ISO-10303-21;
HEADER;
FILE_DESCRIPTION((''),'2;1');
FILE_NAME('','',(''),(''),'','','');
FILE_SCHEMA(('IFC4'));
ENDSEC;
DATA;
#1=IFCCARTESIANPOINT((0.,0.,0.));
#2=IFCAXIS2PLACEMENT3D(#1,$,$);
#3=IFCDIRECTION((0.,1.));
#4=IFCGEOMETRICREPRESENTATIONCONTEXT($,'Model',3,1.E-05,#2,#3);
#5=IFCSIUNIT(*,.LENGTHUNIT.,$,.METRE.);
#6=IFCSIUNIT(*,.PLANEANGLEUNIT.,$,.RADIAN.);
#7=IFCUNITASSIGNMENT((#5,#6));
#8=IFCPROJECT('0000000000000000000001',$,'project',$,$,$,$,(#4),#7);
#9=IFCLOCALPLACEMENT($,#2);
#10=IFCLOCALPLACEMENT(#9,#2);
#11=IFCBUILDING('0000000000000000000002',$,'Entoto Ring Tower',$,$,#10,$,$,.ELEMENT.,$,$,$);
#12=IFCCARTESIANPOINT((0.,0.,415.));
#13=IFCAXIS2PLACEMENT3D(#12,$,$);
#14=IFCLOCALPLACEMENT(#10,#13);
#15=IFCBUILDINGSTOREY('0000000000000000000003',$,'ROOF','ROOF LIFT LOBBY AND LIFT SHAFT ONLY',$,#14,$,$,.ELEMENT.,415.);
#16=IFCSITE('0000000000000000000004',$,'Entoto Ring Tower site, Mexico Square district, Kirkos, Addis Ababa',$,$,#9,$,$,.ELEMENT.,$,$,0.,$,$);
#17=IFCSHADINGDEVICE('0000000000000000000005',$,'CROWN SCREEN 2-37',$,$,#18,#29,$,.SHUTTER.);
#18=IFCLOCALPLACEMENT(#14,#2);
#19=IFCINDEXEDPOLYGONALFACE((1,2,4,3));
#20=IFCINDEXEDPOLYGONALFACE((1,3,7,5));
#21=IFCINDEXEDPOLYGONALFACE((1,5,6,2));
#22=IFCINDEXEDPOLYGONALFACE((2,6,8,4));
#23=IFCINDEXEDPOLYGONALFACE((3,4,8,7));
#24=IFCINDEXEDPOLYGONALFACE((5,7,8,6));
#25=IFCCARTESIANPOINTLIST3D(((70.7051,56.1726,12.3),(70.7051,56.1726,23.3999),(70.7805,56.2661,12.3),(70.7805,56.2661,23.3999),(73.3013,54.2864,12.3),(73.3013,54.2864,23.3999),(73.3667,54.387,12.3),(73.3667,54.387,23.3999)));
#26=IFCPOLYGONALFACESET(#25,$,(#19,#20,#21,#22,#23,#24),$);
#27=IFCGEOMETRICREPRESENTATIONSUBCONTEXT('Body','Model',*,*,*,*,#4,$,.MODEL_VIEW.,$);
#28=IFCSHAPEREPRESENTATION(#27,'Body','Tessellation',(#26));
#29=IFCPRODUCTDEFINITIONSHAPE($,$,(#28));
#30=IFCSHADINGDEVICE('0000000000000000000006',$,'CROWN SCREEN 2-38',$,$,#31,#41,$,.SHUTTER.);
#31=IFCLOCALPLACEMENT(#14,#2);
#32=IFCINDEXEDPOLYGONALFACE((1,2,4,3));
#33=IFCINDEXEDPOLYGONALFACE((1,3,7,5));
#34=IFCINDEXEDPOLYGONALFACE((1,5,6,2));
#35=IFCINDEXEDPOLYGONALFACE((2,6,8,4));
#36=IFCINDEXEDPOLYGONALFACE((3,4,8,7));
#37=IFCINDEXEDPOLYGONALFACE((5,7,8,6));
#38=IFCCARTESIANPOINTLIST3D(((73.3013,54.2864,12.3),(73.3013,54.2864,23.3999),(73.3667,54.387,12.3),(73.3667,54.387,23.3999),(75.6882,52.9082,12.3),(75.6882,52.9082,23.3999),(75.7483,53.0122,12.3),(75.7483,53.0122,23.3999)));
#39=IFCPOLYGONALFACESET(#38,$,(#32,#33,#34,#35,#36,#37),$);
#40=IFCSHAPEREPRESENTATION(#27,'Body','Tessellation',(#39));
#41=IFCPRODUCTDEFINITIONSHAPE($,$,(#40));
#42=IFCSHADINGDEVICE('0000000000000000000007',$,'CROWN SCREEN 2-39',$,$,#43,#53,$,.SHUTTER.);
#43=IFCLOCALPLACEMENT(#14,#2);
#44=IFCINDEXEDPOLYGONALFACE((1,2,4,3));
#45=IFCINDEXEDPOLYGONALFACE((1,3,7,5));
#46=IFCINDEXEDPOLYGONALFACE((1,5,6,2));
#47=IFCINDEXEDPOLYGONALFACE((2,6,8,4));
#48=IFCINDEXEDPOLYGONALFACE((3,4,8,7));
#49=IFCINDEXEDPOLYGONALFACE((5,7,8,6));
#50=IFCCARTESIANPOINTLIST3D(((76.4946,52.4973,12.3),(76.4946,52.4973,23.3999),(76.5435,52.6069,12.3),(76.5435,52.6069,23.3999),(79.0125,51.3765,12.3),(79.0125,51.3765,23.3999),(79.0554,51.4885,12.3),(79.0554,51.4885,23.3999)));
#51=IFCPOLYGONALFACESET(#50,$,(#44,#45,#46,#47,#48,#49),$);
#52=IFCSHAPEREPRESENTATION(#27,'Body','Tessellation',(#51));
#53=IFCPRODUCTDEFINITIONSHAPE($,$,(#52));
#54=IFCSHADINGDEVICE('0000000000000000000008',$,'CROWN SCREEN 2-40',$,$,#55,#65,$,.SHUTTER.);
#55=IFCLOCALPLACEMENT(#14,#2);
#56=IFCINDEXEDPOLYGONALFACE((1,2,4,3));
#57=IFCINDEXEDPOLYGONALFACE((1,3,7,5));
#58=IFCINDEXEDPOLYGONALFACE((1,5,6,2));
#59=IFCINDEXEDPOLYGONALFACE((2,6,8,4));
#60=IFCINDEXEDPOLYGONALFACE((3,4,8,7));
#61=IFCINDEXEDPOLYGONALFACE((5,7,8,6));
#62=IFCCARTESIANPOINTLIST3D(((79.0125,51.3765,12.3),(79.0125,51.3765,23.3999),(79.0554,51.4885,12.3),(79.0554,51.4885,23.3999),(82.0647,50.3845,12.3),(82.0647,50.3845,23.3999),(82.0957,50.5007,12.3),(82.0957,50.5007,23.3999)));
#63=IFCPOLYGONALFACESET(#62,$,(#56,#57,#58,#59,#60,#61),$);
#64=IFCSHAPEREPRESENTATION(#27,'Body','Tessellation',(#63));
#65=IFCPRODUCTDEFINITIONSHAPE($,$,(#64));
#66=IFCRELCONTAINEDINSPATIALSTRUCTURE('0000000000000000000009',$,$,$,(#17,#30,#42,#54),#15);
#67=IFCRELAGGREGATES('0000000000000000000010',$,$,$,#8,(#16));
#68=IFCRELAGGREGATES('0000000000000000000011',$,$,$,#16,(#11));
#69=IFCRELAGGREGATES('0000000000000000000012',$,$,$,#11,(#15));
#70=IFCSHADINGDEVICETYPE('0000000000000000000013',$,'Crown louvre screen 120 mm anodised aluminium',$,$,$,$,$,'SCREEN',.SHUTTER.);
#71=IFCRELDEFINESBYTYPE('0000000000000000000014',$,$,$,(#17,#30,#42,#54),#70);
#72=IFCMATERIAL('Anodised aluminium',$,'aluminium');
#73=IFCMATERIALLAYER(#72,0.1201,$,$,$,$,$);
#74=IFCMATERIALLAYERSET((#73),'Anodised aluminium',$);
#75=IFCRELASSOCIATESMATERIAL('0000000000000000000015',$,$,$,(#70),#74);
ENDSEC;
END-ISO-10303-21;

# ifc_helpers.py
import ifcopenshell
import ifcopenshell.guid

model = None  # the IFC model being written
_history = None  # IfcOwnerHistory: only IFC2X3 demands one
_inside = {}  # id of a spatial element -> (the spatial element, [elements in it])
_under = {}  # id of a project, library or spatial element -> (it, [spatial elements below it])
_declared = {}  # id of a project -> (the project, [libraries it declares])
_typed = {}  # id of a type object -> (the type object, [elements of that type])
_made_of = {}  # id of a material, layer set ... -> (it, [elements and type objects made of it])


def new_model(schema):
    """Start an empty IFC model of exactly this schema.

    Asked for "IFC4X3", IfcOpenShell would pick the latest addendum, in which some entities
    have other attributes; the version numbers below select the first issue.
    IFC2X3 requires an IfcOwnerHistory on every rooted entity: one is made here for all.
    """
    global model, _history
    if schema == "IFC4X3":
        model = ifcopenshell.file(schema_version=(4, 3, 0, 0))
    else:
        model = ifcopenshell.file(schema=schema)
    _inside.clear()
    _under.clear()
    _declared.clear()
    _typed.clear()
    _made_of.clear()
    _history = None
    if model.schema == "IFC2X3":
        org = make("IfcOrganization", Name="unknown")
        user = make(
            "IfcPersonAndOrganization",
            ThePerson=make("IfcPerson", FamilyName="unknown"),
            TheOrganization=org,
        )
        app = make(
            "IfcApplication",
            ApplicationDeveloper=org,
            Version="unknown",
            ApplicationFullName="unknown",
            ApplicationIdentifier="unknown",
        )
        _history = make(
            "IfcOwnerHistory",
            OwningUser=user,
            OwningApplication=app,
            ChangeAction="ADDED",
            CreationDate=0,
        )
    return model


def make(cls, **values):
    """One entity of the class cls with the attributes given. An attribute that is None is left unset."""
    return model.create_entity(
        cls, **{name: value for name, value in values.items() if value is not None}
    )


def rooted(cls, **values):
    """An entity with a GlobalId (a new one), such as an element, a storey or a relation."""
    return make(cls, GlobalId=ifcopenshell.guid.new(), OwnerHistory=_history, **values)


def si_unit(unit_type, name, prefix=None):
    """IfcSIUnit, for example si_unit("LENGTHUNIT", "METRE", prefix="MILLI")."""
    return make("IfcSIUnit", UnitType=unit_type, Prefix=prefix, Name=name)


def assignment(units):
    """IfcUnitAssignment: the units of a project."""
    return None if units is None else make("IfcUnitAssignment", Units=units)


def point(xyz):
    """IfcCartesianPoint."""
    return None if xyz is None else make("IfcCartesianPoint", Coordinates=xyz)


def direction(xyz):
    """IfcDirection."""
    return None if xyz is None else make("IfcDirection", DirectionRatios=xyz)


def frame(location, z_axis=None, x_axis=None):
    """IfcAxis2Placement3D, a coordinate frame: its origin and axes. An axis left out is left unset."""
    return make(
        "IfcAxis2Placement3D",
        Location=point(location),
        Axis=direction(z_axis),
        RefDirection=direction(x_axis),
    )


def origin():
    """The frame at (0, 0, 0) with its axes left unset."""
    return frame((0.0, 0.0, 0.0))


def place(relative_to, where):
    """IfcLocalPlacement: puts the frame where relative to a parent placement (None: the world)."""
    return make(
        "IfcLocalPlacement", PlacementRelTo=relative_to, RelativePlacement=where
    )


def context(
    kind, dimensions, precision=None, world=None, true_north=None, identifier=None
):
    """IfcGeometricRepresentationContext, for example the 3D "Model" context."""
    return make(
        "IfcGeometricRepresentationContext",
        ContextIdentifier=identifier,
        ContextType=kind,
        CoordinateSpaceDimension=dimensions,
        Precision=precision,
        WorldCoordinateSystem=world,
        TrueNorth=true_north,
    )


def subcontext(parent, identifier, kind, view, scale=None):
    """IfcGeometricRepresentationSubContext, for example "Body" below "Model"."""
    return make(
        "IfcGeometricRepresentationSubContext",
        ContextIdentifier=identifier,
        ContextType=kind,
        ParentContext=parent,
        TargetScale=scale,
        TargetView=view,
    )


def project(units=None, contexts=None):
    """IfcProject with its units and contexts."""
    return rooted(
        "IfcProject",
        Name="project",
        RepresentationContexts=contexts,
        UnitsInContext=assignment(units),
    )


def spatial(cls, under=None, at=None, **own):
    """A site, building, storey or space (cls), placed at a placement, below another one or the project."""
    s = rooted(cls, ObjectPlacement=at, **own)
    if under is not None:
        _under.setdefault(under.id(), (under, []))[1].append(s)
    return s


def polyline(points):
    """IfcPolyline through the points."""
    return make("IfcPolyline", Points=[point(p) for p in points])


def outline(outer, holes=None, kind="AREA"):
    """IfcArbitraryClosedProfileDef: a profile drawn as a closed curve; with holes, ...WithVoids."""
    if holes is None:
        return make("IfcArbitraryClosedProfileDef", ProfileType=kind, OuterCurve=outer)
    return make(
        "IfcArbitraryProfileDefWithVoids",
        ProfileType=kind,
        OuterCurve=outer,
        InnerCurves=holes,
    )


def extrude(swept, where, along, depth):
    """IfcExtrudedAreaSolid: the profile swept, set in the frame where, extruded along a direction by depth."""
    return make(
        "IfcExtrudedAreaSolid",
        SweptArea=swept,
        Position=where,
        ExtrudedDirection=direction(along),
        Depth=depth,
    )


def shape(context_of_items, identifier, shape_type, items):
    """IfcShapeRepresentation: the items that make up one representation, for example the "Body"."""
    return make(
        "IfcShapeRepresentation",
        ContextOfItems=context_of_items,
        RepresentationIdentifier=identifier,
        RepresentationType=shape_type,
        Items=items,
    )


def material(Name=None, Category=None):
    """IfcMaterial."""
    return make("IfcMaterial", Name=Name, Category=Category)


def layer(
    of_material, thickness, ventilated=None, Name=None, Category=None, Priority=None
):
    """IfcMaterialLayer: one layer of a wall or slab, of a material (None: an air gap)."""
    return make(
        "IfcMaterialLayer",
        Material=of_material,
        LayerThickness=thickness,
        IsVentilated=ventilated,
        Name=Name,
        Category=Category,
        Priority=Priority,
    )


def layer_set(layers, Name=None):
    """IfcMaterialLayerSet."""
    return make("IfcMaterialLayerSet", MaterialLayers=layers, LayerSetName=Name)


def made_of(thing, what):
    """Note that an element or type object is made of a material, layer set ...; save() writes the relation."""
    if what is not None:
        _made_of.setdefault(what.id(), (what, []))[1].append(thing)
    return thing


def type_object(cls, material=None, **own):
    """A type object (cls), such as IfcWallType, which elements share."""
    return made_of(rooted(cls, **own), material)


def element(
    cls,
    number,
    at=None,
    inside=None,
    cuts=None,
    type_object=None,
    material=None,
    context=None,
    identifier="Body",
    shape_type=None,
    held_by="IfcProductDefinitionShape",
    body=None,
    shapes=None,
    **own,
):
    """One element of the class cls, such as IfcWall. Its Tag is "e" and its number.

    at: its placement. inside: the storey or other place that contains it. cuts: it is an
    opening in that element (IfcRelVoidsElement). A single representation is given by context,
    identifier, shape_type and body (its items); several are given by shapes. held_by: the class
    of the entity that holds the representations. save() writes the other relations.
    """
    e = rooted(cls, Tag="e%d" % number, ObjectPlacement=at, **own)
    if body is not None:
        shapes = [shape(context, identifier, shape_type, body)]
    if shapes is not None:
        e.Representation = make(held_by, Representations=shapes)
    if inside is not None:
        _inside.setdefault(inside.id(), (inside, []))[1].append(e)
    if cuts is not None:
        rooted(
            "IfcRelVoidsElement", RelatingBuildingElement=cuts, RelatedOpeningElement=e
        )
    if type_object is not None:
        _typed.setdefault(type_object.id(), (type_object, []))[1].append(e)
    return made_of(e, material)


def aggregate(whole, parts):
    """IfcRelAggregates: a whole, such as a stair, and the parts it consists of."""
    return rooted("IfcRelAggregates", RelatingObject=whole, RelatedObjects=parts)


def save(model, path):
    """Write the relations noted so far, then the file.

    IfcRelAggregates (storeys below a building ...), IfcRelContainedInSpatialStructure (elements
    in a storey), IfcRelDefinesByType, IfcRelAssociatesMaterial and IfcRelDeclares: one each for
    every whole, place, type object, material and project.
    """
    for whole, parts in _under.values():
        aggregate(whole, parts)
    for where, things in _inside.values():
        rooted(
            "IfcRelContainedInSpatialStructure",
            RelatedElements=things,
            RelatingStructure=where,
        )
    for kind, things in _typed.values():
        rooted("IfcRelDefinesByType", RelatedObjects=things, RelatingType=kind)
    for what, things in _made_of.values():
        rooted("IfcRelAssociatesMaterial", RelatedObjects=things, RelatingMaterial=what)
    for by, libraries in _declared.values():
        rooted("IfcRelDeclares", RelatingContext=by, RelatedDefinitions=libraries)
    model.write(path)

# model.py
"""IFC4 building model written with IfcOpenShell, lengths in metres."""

from ifc_helpers import new_model, si_unit, direction, frame, origin, place, context, subcontext, project, spatial, polyline, outline, extrude, material, layer, layer_set, type_object, element, save


model = new_model("IFC4")

# Units and contexts
model_context = context("Model", 3, precision=1e-05, world=origin(), true_north=direction((0.0, 1.0)))
body_context = subcontext(model_context, "Body", "Model", "MODEL_VIEW")
ifc_project = project(units=[si_unit("LENGTHUNIT", "METRE"), si_unit("PLANEANGLEUNIT", "RADIAN")], contexts=[model_context])

# Site, building, storey
site_placement = place(None, origin())
site = spatial("IfcSite", under=ifc_project, at=site_placement, Name="Entoto Ring Tower site, Mexico Square district, Kirkos, Addis Ababa", CompositionType="ELEMENT", RefElevation=0.0)
building_placement = place(site_placement, origin())
building = spatial("IfcBuilding", under=site, at=building_placement, Name="Entoto Ring Tower", CompositionType="ELEMENT")
storey_placement = place(building_placement, frame((0.0, 0.0, 415.0)))
storey = spatial("IfcBuildingStorey", under=building, at=storey_placement, Name="ROOF", Description="ROOF LIFT LOBBY AND LIFT SHAFT ONLY", CompositionType="ELEMENT", Elevation=415.0)

# Shading devices
ifc_material = material(Name="Anodised aluminium", Category="aluminium")
ifc_layer = layer(ifc_material, 0.1201)
ifc_layer_set = layer_set([ifc_layer], Name="Anodised aluminium")
shading_device_type = type_object("IfcShadingDeviceType", Name="Crown louvre screen 120 mm anodised aluminium", ElementType="SCREEN", PredefinedType="SHUTTER", material=ifc_layer_set)
shading_device_1_placement = place(storey_placement, frame((0.0, 0.0, 12.3)))
element("IfcShadingDevice", 1, at=shading_device_1_placement, inside=storey, type_object=shading_device_type, Name="CROWN SCREEN 2-37", PredefinedType="SHUTTER", context=body_context, shape_type="SweptSolid", body=[
    extrude(outline(polyline([(70.7805, 56.2661), (70.7051, 56.1726), (73.3013, 54.2864), (73.3667, 54.387), (70.7805, 56.2661)])), origin(), (0.0, 0.0, 1.0), 11.0999),
])
shading_device_2_placement = place(storey_placement, frame((0.0, 0.0, 12.3)))
element("IfcShadingDevice", 2, at=shading_device_2_placement, inside=storey, type_object=shading_device_type, Name="CROWN SCREEN 2-38", PredefinedType="SHUTTER", context=body_context, shape_type="SweptSolid", body=[
    extrude(outline(polyline([(73.3667, 54.387), (73.3013, 54.2864), (75.6882, 52.9082), (75.7483, 53.0122), (73.3667, 54.387)])), origin(), (0.0, 0.0, 1.0), 11.0999),
])
shading_device_3_placement = place(storey_placement, frame((0.0, 0.0, 12.3)))
element("IfcShadingDevice", 3, at=shading_device_3_placement, inside=storey, type_object=shading_device_type, Name="CROWN SCREEN 2-39", PredefinedType="SHUTTER", context=body_context, shape_type="SweptSolid", body=[
    extrude(outline(polyline([(76.5435, 52.6069), (76.4946, 52.4973), (79.0125, 51.3765), (79.0554, 51.4885), (76.5435, 52.6069)])), origin(), (0.0, 0.0, 1.0), 11.0999),
])
shading_device_4_placement = place(storey_placement, frame((0.0, 0.0, 12.3)))
element("IfcShadingDevice", 4, at=shading_device_4_placement, inside=storey, type_object=shading_device_type, Name="CROWN SCREEN 2-40", PredefinedType="SHUTTER", context=body_context, shape_type="SweptSolid", body=[
    extrude(outline(polyline([(79.0554, 51.4885), (79.0125, 51.3765), (82.0647, 50.3845), (82.0957, 50.5007), (79.0554, 51.4885)])), origin(), (0.0, 0.0, 1.0), 11.0999),
])

save(model, "model.ifc")
